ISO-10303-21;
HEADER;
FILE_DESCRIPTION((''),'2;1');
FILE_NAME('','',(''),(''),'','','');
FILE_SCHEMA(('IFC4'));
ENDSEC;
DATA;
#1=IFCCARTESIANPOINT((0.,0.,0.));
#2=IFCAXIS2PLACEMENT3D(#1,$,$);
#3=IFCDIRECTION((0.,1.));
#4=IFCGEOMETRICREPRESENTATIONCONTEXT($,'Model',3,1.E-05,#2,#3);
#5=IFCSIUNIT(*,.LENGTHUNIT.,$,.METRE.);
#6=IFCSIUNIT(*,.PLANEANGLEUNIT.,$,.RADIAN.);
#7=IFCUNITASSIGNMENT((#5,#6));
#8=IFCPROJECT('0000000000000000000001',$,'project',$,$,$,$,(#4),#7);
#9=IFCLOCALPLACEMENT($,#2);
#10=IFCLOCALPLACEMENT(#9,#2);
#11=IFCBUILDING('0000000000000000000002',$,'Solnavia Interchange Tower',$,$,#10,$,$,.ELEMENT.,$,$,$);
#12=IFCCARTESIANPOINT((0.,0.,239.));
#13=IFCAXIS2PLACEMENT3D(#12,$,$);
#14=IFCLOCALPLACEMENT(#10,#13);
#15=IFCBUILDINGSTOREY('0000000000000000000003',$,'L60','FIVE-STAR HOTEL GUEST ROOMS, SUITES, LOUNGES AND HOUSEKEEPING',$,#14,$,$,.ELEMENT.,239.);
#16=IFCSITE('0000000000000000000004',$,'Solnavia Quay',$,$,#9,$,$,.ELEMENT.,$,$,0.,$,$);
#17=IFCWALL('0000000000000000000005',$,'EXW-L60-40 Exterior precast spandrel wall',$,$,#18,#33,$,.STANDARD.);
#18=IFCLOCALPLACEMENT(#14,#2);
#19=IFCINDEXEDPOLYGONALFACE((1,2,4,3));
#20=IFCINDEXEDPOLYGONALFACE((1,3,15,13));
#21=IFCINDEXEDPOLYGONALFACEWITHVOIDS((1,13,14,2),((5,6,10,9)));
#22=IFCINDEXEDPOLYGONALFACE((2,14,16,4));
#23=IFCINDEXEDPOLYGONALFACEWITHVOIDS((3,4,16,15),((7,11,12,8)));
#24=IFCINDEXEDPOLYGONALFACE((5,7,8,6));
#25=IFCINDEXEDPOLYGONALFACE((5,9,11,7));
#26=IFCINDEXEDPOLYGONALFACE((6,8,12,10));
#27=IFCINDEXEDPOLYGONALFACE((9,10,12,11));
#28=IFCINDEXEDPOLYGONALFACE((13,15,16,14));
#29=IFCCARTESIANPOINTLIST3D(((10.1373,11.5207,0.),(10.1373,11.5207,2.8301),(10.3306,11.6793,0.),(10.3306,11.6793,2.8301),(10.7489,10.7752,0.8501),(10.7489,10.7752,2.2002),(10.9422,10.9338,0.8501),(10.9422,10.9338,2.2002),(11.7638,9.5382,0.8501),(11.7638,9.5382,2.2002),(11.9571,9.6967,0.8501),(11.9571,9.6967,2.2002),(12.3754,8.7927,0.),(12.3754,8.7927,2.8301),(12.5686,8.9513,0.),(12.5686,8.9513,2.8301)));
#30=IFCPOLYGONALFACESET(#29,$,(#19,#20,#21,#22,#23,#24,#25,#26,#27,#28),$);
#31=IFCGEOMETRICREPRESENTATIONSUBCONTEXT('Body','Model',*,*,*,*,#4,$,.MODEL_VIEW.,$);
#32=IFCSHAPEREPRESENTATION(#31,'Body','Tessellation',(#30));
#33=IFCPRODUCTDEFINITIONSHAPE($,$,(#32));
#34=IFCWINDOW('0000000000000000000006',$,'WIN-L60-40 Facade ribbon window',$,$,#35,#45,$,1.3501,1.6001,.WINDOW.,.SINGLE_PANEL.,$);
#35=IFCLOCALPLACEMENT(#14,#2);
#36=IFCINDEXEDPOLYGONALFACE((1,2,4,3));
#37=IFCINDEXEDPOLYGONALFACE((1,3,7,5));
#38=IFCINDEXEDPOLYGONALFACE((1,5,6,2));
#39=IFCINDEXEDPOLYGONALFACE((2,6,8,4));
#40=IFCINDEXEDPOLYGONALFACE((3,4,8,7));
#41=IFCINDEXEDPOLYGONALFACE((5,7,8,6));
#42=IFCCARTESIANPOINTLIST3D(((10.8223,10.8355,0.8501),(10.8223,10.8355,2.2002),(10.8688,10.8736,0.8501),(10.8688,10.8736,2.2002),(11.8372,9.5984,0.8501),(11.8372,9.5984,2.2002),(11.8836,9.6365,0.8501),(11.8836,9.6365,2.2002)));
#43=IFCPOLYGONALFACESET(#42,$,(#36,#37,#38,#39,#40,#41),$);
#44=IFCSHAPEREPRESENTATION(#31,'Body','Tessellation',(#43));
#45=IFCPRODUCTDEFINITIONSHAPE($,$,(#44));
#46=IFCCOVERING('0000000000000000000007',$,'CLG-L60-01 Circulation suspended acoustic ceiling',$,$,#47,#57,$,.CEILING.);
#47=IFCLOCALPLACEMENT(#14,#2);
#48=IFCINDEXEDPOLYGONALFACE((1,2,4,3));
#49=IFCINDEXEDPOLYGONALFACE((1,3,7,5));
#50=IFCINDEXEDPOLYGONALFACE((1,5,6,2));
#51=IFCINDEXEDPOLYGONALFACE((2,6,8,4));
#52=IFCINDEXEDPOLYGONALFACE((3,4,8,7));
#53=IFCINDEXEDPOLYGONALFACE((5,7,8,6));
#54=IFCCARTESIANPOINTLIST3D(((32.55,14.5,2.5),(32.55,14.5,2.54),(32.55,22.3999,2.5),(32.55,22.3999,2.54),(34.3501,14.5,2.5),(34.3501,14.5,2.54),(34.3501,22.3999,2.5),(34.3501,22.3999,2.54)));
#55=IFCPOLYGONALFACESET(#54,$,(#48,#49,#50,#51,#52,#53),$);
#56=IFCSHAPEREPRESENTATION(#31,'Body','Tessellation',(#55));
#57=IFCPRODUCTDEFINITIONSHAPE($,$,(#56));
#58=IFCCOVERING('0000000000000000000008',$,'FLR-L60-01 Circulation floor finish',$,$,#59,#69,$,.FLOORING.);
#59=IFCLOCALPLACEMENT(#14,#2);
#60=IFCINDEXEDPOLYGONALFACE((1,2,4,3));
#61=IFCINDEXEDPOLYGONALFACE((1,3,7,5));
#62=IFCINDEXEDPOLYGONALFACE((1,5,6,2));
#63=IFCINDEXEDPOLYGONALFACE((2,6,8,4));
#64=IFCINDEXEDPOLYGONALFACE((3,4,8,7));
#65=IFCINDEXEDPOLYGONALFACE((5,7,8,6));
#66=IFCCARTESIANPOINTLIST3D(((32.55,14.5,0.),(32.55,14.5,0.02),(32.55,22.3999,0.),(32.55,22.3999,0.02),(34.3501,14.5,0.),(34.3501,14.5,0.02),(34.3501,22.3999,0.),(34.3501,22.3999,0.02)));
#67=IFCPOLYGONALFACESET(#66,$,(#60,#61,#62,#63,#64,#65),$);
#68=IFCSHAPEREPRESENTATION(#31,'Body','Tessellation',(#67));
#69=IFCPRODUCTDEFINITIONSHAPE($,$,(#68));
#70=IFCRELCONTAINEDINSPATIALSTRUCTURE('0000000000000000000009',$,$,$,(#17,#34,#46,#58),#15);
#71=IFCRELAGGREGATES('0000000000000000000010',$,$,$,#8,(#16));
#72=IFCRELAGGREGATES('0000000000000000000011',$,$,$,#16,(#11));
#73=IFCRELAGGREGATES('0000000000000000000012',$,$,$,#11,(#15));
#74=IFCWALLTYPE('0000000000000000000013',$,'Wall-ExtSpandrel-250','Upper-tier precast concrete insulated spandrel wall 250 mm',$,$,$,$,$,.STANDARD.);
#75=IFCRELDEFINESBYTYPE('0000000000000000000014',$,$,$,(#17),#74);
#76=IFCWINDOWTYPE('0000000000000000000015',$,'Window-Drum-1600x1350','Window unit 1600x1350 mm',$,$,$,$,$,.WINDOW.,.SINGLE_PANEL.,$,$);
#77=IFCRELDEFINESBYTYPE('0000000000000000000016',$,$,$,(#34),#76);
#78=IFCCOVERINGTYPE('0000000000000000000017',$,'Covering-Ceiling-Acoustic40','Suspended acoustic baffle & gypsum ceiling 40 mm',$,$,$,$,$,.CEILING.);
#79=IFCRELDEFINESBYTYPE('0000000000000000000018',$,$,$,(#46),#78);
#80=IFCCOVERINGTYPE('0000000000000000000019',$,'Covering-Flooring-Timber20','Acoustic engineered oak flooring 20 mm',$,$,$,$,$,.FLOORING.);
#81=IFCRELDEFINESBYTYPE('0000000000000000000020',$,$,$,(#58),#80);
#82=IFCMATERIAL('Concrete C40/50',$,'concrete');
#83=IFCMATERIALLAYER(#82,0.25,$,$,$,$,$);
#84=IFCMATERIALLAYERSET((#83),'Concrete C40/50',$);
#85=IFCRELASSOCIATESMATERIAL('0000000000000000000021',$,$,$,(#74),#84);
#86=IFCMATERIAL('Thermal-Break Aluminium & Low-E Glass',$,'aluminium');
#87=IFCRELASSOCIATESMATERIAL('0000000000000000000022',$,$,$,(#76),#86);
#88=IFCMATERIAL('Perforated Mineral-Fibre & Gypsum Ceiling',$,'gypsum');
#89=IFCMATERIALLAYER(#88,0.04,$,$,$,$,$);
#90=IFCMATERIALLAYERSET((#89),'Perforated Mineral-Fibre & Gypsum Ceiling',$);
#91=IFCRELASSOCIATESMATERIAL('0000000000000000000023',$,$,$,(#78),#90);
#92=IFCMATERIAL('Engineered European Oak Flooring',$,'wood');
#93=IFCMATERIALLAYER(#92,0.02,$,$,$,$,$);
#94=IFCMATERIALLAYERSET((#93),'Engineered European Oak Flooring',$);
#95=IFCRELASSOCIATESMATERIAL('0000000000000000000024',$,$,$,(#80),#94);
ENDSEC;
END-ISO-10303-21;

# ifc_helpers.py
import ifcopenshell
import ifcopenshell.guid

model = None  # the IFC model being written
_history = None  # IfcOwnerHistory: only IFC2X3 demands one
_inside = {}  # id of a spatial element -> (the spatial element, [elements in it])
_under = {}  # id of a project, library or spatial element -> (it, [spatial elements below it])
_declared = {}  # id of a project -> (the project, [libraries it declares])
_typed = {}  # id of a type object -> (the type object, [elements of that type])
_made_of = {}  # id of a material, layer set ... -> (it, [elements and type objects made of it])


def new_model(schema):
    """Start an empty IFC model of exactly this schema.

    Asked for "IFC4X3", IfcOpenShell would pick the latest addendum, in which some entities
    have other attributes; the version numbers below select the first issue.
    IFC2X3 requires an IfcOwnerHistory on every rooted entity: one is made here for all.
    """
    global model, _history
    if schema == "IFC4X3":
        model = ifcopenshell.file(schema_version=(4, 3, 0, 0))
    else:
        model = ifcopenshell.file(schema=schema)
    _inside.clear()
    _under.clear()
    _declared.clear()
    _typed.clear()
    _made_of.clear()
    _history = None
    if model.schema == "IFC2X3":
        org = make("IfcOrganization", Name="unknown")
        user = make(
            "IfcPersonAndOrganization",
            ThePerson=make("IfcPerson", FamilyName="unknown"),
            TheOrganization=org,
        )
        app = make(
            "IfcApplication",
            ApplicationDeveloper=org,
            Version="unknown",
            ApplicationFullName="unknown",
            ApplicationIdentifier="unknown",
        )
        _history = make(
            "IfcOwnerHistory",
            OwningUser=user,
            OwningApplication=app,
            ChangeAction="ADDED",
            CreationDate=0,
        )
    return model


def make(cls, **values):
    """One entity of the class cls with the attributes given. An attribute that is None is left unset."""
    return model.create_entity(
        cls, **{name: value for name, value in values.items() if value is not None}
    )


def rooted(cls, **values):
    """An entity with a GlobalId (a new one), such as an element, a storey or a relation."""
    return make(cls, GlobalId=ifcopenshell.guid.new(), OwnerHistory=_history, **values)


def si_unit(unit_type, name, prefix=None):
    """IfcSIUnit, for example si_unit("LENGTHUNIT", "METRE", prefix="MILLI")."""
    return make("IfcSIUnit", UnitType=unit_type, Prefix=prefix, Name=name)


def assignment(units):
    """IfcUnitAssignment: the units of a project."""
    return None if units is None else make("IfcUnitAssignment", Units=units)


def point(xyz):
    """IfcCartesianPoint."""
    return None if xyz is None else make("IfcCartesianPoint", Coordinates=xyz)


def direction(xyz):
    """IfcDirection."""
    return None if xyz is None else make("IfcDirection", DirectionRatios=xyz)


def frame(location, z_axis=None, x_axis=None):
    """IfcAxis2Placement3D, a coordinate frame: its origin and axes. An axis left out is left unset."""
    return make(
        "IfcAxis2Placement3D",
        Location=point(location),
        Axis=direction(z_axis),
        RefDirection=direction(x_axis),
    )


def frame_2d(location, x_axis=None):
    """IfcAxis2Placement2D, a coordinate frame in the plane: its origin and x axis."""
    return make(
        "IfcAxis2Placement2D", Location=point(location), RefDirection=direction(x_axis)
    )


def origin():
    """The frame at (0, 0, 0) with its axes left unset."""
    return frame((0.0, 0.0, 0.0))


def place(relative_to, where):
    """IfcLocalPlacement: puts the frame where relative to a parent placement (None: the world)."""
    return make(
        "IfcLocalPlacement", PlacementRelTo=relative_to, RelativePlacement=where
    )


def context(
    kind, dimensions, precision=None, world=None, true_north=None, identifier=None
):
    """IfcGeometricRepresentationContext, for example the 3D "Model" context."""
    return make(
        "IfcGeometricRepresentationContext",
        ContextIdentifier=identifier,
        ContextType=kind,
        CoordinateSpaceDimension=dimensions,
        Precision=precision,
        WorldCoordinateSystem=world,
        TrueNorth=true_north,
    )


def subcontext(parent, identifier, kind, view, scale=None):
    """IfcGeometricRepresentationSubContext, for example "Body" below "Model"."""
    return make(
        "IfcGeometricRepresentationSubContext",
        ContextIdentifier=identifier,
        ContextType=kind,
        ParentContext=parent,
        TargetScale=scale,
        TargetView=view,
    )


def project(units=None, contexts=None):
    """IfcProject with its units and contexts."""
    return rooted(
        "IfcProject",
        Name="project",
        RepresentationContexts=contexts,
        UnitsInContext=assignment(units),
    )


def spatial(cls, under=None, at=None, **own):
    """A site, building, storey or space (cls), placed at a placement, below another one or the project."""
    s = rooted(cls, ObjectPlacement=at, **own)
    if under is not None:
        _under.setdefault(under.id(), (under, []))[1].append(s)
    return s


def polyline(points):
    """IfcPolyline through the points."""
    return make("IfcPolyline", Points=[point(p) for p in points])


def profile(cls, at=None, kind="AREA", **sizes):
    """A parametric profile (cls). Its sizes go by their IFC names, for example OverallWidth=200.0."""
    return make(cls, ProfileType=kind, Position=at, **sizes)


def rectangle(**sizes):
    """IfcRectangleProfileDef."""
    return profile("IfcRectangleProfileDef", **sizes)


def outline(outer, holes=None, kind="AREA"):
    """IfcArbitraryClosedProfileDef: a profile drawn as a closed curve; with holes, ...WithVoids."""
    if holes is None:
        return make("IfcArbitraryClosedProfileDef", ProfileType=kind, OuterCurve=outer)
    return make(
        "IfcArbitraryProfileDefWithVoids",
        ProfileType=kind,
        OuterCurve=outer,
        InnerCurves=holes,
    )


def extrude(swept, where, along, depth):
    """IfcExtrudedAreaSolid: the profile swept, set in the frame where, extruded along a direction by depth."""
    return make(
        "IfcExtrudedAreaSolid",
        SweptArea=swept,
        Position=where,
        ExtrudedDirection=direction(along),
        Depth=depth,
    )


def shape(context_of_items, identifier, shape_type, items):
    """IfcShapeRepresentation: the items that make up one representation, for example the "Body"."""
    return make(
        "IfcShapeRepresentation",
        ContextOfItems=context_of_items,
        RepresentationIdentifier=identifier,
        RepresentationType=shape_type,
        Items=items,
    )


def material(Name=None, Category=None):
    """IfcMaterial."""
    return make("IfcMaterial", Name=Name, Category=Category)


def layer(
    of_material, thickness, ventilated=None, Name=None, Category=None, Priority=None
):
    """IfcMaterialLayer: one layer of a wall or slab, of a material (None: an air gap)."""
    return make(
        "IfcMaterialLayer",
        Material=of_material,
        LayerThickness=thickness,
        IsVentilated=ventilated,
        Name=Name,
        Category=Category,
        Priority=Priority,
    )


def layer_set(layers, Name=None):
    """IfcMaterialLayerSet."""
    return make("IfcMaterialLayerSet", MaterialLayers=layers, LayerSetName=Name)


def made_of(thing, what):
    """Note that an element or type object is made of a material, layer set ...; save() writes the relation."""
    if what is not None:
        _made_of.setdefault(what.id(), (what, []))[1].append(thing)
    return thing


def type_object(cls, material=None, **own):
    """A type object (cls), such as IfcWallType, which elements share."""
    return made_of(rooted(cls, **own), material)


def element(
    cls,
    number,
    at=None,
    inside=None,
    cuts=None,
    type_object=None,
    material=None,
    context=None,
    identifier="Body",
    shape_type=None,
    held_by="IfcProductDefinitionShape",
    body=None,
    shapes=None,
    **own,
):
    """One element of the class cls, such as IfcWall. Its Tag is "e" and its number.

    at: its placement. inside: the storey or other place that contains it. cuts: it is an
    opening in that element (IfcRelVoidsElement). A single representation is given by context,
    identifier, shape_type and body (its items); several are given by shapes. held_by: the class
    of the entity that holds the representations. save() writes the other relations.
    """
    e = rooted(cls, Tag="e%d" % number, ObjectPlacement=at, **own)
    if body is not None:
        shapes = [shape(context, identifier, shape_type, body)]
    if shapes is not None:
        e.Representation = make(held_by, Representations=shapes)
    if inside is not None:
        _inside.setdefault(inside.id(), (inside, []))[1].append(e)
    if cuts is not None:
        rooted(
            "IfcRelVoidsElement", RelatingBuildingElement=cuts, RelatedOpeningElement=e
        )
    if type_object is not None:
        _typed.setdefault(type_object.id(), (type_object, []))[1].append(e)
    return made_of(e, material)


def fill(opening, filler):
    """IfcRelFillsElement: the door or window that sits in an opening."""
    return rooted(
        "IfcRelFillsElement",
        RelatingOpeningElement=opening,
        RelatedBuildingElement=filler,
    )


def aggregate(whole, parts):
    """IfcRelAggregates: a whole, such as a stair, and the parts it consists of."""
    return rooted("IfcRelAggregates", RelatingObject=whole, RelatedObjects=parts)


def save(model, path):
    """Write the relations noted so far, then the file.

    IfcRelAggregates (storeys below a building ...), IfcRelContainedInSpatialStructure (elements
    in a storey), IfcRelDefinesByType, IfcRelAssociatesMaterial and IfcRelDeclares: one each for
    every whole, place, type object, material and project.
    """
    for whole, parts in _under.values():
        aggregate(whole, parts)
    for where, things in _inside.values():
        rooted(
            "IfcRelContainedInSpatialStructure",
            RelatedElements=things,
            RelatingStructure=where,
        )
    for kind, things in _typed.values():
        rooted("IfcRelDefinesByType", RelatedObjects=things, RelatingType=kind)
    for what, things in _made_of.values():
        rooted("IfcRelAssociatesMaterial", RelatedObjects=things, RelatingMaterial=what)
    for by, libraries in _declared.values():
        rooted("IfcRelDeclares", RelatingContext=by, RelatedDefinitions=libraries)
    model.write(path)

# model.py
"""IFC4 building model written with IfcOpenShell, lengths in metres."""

from ifc_helpers import new_model, si_unit, direction, frame, frame_2d, origin, place, context, subcontext, project, spatial, polyline, rectangle, outline, extrude, material, layer, layer_set, type_object, element, fill, save


model = new_model("IFC4")

# Units and contexts
model_context = context("Model", 3, precision=1e-05, world=origin(), true_north=direction((0.0, 1.0)))
body_context = subcontext(model_context, "Body", "Model", "MODEL_VIEW")
ifc_project = project(units=[si_unit("LENGTHUNIT", "METRE"), si_unit("PLANEANGLEUNIT", "RADIAN")], contexts=[model_context])

# Site, building, storey
site_placement = place(None, origin())
site = spatial("IfcSite", under=ifc_project, at=site_placement, Name="Solnavia Quay", CompositionType="ELEMENT", RefElevation=0.0)
building_placement = place(site_placement, origin())
building = spatial("IfcBuilding", under=site, at=building_placement, Name="Solnavia Interchange Tower", CompositionType="ELEMENT")
storey_placement = place(building_placement, frame((0.0, 0.0, 239.0)))
storey = spatial("IfcBuildingStorey", under=building, at=storey_placement, Name="L60", Description="FIVE-STAR HOTEL GUEST ROOMS, SUITES, LOUNGES AND HOUSEKEEPING", CompositionType="ELEMENT", Elevation=239.0)

# Shared definitions
ifc_material_1 = material(Name="Concrete C40/50", Category="concrete")

# Wall, opening, window
ifc_layer_1 = layer(ifc_material_1, 0.25)
ifc_layer_set_1 = layer_set([ifc_layer_1], Name="Concrete C40/50")
wall_type = type_object("IfcWallType", Name="Wall-ExtSpandrel-250", Description="Upper-tier precast concrete insulated spandrel wall 250 mm", PredefinedType="STANDARD", material=ifc_layer_set_1)
ifc_material_2 = material(Name="Thermal-Break Aluminium & Low-E Glass", Category="aluminium")
window_type = type_object("IfcWindowType", Name="Window-Drum-1600x1350", Description="Window unit 1600x1350 mm", PartitioningType="SINGLE_PANEL", PredefinedType="WINDOW", material=ifc_material_2)
wall_1_placement = place(storey_placement, frame((12.4719, 8.8721, 0.0), z_axis=(0.0, 0.0, 1.0), x_axis=(-0.634258, 0.773121, 0.0)))
wall_1 = element("IfcWall", 1, at=wall_1_placement, inside=storey, type_object=wall_type, Name="EXW-L60-40 Exterior precast spandrel wall", PredefinedType="STANDARD", context=body_context, shape_type="SweptSolid", body=[
    extrude(rectangle(XDim=3.5286, YDim=0.25, at=frame_2d((1.7642, 0.0))), origin(), (0.0, 0.0, 1.0), 2.8301),
])
opening_1_placement = place(wall_1_placement, frame((0.9641, 0.0, 0.8501)))
opening_1 = element("IfcOpeningElement", 2, at=opening_1_placement, cuts=wall_1, PredefinedType="OPENING", context=body_context, shape_type="SweptSolid", body=[
    extrude(rectangle(XDim=1.6001, YDim=1.3501, at=frame_2d((0.8, 0.675))), frame((0.0, 0.135, 0.0), z_axis=(0.0, -1.0, 0.0), x_axis=(1.0, 0.0, 0.0)), (0.0, 0.0, 1.0), 0.27),
])
window_1_placement = place(opening_1_placement, origin())
window_1 = element("IfcWindow", 3, at=window_1_placement, inside=storey, type_object=window_type, Name="WIN-L60-40 Facade ribbon window", OverallHeight=1.3501, OverallWidth=1.6001, PartitioningType="SINGLE_PANEL", PredefinedType="WINDOW", context=body_context, shape_type="SweptSolid", body=[
    extrude(rectangle(XDim=1.6001, YDim=1.3501, at=frame_2d((0.8, 0.675))), frame((0.0, 0.03, 0.0), z_axis=(0.0, -1.0, 0.0), x_axis=(1.0, 0.0, 0.0)), (0.0, 0.0, 1.0), 0.0601),
])
fill(opening_1, window_1)

# Coverings
ifc_material_3 = material(Name="Perforated Mineral-Fibre & Gypsum Ceiling", Category="gypsum")
ifc_layer_2 = layer(ifc_material_3, 0.04)
ifc_layer_set_2 = layer_set([ifc_layer_2], Name="Perforated Mineral-Fibre & Gypsum Ceiling")
covering_type_1 = type_object("IfcCoveringType", Name="Covering-Ceiling-Acoustic40", Description="Suspended acoustic baffle & gypsum ceiling 40 mm", PredefinedType="CEILING", material=ifc_layer_set_2)
covering_1_placement = place(storey_placement, frame((0.0, 0.0, 2.5)))
element("IfcCovering", 4, at=covering_1_placement, inside=storey, type_object=covering_type_1, Name="CLG-L60-01 Circulation suspended acoustic ceiling", PredefinedType="CEILING", context=body_context, shape_type="SweptSolid", body=[
    extrude(outline(polyline([(32.55, 14.5), (34.3501, 14.5), (34.3501, 22.3999), (32.55, 22.3999), (32.55, 14.5)])), origin(), (0.0, 0.0, 1.0), 0.04),
])
ifc_material_4 = material(Name="Engineered European Oak Flooring", Category="wood")
ifc_layer_3 = layer(ifc_material_4, 0.02)
ifc_layer_set_3 = layer_set([ifc_layer_3], Name="Engineered European Oak Flooring")
covering_type_2 = type_object("IfcCoveringType", Name="Covering-Flooring-Timber20", Description="Acoustic engineered oak flooring 20 mm", PredefinedType="FLOORING", material=ifc_layer_set_3)
covering_2_placement = place(storey_placement, origin())
element("IfcCovering", 5, at=covering_2_placement, inside=storey, type_object=covering_type_2, Name="FLR-L60-01 Circulation floor finish", PredefinedType="FLOORING", context=body_context, shape_type="SweptSolid", body=[
    extrude(outline(polyline([(32.55, 14.5), (34.3501, 14.5), (34.3501, 22.3999), (32.55, 22.3999), (32.55, 14.5)])), origin(), (0.0, 0.0, 1.0), 0.02),
])

save(model, "model.ifc")
